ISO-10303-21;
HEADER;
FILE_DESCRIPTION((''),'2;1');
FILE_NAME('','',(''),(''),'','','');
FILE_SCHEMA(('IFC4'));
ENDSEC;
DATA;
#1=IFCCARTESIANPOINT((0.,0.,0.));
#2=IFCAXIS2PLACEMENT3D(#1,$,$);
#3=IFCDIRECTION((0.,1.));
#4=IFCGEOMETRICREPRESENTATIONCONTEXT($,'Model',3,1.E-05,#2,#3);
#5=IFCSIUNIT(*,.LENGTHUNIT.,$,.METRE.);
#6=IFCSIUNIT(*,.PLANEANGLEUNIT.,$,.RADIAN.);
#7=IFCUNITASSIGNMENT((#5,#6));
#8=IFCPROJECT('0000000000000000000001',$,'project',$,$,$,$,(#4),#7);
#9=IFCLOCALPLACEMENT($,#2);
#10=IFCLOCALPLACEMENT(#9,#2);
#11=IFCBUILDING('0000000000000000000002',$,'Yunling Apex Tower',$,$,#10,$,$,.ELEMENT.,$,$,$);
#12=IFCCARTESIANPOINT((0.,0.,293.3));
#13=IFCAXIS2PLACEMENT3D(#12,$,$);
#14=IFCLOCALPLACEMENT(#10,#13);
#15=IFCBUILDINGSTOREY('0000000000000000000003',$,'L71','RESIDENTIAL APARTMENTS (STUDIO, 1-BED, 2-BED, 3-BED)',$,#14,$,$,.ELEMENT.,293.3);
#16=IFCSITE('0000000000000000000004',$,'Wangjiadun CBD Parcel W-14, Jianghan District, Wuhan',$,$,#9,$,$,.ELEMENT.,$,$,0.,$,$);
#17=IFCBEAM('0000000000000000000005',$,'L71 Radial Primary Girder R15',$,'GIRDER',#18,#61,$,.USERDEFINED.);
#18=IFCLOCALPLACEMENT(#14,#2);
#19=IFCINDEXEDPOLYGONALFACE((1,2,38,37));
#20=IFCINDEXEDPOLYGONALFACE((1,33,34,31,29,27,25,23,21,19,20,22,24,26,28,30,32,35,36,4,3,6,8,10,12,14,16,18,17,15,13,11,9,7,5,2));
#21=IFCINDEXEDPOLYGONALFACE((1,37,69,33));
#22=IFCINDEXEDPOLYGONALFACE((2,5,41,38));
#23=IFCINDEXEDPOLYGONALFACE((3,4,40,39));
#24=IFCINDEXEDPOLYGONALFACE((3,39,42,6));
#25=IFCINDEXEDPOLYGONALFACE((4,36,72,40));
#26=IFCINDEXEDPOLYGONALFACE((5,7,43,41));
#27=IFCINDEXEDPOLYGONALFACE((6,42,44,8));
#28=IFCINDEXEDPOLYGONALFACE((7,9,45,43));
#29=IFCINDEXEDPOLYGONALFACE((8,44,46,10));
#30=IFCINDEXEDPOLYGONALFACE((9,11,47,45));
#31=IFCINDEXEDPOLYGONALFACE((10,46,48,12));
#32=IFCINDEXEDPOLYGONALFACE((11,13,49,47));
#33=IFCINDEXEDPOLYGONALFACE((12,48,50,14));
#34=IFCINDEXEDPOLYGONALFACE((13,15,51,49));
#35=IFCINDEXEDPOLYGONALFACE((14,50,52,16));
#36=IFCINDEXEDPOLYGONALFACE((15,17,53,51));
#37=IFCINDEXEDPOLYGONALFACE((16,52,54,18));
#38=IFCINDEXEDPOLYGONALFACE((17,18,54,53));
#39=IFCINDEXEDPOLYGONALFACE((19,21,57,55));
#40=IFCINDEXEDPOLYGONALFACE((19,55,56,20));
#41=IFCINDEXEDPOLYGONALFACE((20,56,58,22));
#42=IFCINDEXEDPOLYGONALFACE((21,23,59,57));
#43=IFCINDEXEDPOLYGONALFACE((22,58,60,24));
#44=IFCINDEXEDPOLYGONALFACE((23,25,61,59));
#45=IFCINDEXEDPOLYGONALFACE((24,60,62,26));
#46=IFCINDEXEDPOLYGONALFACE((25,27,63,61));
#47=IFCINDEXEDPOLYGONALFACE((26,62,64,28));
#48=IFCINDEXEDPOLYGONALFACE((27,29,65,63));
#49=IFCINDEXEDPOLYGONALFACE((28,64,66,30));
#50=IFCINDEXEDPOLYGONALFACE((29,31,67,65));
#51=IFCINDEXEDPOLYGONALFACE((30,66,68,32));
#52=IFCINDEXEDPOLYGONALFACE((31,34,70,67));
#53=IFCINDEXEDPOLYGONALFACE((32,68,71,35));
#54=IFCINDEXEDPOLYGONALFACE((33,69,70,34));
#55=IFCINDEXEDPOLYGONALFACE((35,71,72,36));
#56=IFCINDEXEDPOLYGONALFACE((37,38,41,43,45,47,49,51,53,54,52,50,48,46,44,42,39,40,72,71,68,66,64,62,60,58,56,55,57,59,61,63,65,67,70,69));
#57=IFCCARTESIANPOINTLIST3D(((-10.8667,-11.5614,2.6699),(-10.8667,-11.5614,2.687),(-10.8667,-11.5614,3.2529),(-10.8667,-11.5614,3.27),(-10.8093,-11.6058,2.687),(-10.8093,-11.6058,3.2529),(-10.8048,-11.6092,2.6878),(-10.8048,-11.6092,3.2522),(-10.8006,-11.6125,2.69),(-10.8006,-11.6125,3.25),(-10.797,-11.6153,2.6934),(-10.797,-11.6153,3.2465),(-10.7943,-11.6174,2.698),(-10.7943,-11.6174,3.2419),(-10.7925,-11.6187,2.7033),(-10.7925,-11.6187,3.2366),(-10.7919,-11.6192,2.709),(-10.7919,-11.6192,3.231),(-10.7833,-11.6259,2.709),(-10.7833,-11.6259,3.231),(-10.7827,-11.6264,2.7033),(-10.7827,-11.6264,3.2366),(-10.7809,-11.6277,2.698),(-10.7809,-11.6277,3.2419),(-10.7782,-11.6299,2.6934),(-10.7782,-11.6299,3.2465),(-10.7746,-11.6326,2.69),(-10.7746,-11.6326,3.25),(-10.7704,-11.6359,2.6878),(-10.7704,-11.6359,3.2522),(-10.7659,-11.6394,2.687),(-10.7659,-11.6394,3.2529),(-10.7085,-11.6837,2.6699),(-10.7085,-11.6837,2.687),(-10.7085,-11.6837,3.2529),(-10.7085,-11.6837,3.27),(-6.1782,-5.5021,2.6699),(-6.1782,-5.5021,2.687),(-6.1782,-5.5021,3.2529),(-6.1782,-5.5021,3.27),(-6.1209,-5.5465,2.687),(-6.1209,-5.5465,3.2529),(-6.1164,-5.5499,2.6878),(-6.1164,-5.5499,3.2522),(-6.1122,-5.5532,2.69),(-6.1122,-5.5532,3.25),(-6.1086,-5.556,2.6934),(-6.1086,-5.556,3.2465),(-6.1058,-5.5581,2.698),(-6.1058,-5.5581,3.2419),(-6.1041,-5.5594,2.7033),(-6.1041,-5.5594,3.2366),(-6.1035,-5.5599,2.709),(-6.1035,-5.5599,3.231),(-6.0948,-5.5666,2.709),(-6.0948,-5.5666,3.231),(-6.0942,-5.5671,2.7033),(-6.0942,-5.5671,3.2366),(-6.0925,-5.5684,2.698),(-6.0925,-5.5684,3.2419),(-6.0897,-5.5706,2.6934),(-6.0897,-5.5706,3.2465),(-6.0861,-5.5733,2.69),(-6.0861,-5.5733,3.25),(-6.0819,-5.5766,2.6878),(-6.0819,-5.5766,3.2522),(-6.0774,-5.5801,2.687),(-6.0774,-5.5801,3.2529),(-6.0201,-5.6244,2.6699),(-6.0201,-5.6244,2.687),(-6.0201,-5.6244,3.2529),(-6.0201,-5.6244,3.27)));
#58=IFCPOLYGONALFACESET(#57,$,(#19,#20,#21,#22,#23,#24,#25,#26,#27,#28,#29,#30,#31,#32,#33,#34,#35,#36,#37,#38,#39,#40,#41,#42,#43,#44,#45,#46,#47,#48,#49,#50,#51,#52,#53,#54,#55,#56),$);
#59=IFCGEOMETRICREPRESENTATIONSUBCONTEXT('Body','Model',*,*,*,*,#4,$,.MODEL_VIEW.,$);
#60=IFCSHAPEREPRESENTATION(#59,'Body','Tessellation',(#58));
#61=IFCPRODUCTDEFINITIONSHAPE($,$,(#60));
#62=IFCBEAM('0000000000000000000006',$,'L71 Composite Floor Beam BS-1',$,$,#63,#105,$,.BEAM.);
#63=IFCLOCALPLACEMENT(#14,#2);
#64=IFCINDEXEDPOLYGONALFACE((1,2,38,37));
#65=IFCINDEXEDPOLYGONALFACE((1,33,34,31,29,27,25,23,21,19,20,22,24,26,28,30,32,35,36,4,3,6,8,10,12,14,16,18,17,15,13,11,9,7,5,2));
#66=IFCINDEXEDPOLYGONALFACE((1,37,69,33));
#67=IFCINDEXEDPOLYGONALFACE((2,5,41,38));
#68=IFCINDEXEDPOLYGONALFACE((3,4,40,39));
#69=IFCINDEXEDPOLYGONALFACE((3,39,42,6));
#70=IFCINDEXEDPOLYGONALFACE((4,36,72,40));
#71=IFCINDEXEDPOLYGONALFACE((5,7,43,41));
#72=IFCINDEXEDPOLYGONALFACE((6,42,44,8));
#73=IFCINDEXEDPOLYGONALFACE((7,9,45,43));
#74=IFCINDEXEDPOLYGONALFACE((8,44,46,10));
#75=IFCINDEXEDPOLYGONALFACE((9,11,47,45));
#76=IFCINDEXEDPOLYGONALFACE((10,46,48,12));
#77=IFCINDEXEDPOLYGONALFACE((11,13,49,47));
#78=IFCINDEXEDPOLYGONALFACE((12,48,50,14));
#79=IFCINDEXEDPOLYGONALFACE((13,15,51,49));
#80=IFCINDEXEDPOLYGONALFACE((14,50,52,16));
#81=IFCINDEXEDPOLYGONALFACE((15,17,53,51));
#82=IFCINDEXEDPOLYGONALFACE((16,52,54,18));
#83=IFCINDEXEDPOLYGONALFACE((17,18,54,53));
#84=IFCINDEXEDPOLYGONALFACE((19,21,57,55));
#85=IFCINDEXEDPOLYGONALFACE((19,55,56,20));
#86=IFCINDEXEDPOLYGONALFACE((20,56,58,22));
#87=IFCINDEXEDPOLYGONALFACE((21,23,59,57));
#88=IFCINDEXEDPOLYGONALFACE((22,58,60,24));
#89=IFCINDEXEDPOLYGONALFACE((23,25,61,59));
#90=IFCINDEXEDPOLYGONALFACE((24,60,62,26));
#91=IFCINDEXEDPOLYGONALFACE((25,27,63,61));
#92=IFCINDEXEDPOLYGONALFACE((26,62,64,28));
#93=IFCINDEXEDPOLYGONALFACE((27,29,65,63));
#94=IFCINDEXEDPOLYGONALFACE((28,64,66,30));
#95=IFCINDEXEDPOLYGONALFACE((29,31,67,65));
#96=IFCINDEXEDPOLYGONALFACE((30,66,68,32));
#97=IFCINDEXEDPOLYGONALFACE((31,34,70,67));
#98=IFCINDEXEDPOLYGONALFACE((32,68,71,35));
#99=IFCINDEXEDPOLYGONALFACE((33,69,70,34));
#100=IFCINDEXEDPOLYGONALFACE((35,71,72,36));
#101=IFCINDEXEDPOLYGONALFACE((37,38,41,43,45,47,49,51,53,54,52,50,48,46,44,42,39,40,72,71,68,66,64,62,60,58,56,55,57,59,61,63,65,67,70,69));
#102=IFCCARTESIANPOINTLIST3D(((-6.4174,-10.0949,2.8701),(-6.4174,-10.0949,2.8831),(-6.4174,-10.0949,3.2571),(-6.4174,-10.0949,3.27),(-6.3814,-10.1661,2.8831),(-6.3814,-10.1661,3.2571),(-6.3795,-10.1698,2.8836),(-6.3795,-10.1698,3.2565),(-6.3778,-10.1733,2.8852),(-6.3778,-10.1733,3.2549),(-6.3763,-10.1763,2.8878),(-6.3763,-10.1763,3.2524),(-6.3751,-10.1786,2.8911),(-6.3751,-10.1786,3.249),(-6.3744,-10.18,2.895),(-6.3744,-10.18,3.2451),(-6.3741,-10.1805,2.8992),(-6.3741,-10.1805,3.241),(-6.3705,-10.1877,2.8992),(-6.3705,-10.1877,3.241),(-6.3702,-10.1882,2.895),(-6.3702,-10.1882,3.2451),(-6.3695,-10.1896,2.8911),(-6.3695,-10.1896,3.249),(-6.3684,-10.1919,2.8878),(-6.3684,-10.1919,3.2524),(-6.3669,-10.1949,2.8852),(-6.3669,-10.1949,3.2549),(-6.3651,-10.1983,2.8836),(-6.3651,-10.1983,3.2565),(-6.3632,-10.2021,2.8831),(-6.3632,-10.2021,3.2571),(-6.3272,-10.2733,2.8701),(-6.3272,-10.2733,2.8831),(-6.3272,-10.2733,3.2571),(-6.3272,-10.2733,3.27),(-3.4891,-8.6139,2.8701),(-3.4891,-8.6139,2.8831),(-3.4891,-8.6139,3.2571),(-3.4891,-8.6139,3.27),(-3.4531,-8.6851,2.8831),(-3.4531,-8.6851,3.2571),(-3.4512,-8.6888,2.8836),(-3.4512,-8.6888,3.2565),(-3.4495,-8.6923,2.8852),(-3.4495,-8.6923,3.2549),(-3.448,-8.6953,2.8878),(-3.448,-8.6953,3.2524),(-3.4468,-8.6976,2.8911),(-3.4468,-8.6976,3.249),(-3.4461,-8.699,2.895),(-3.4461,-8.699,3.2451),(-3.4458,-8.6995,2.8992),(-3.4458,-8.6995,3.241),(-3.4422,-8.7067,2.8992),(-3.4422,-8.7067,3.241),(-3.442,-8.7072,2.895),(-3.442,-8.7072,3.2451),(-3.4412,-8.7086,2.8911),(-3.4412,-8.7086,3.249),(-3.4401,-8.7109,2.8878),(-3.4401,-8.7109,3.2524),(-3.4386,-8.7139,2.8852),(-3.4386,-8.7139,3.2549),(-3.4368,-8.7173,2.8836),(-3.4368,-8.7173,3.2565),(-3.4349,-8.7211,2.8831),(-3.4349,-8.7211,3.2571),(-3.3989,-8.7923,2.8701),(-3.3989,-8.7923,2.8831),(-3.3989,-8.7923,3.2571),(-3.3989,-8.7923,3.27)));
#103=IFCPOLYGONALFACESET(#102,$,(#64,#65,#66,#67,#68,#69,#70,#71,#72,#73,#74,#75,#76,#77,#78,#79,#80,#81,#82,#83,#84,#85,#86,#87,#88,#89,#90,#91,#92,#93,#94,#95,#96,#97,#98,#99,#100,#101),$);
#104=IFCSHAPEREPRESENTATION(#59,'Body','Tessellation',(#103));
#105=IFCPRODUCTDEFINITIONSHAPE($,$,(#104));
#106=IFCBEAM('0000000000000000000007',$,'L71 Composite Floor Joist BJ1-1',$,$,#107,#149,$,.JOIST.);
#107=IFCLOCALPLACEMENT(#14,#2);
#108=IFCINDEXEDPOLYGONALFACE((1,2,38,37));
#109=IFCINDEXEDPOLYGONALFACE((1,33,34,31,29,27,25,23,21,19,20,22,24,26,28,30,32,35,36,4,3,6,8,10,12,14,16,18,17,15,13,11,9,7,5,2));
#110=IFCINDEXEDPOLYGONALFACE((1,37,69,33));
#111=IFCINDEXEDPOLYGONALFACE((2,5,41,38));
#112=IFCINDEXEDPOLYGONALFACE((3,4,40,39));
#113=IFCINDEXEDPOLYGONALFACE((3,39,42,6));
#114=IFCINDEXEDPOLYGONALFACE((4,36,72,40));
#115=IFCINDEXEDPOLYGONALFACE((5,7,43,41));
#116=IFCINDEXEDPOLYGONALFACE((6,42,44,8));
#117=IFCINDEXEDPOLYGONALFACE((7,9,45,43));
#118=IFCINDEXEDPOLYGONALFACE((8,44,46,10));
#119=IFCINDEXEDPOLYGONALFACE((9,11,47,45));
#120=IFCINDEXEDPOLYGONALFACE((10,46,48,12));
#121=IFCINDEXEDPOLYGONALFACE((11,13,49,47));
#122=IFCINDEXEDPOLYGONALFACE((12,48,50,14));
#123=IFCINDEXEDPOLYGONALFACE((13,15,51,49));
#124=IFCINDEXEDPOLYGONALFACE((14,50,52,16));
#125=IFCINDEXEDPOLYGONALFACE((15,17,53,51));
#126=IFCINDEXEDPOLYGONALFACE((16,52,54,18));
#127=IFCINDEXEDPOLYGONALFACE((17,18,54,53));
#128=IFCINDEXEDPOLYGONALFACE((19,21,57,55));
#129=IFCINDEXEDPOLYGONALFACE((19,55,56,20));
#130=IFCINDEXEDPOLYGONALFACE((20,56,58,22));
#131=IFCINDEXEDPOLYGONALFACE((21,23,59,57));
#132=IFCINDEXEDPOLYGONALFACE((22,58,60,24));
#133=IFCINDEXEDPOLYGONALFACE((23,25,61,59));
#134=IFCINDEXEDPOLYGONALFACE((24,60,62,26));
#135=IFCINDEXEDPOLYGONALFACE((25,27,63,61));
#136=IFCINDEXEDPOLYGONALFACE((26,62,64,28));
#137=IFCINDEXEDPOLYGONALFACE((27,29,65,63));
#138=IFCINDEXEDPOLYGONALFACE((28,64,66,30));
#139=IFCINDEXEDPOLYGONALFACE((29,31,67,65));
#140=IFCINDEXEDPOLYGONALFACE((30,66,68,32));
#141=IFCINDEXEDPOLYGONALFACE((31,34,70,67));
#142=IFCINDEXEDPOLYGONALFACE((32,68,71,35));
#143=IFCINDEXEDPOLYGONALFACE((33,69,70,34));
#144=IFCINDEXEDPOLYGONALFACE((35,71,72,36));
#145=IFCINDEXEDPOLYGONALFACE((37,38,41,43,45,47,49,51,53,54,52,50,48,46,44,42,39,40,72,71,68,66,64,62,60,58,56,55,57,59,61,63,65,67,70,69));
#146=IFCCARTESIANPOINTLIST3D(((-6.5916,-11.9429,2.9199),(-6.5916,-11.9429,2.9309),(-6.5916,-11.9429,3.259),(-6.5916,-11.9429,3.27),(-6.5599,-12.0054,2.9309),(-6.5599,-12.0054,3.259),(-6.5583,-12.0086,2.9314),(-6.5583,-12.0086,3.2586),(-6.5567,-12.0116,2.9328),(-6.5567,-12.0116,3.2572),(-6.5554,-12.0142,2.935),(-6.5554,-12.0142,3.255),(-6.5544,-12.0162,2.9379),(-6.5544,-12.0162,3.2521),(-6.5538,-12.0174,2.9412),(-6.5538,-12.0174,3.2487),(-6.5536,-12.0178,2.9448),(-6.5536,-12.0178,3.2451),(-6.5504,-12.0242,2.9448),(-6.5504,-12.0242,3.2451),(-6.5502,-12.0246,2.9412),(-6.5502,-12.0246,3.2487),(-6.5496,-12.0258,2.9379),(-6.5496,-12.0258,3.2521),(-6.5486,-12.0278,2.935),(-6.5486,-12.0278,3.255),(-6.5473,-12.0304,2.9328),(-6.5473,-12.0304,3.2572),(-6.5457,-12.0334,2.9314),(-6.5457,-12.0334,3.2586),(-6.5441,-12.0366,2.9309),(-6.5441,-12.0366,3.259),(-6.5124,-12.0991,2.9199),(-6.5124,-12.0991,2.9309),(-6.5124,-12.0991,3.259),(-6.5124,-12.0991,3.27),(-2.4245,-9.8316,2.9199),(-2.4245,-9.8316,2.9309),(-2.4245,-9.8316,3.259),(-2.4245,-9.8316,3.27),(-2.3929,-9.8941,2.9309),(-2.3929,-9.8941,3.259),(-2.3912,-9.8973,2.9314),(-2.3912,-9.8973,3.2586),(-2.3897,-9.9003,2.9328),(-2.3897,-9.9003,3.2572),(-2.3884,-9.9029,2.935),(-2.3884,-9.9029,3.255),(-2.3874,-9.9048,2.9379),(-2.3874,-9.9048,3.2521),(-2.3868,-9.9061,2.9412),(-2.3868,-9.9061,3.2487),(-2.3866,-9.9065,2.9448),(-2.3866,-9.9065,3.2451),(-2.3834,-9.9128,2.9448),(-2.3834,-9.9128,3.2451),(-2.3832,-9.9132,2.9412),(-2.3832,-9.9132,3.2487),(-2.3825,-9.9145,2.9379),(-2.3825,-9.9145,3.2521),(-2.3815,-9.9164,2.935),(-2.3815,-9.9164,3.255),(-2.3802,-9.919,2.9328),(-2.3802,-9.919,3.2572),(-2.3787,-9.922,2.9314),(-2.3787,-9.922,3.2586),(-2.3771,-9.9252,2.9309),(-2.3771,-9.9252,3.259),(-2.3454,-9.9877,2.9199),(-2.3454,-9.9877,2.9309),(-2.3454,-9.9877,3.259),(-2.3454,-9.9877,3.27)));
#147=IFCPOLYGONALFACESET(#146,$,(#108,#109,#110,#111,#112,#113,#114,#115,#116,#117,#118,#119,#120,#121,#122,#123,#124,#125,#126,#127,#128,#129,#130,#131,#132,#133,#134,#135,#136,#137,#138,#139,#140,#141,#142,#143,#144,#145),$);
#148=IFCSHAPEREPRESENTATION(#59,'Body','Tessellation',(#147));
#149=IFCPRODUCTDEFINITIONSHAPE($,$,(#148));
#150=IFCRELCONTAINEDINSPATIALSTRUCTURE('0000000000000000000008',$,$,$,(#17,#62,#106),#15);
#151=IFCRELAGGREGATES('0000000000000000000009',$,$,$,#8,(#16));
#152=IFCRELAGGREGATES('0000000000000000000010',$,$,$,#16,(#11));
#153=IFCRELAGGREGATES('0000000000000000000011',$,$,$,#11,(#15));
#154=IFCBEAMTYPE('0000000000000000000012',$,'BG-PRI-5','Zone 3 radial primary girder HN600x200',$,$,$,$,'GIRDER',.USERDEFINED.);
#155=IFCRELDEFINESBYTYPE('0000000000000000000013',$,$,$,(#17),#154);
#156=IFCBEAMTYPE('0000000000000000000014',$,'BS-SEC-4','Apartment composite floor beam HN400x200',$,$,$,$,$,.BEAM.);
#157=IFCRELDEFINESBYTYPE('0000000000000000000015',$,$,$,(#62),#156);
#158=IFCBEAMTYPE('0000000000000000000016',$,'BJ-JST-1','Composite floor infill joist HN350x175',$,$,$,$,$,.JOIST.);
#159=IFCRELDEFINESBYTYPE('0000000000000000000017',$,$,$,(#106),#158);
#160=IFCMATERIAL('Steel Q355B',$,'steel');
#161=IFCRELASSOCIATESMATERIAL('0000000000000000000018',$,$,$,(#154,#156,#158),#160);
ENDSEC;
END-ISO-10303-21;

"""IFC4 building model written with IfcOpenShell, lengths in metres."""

from ifc_helpers import new_model, si_unit, direction, frame, origin, origin_2d, place, context, subcontext, project, spatial, i_section, extrude, source, transform, mapped, material, material_profile, profile_set, type_object, element, save


model = new_model("IFC4")

# Units and contexts
model_context = context("Model", 3, precision=1e-05, world=origin(), true_north=direction((0.0, 1.0)))
body_context = subcontext(model_context, "Body", "Model", "MODEL_VIEW")
ifc_project = project(units=[si_unit("LENGTHUNIT", "METRE"), si_unit("PLANEANGLEUNIT", "RADIAN")], contexts=[model_context])

# Site, building, storey
site_placement = place(None, origin())
site = spatial("IfcSite", under=ifc_project, at=site_placement, Name="Wangjiadun CBD Parcel W-14, Jianghan District, Wuhan", CompositionType="ELEMENT", RefElevation=0.0)
building_placement = place(site_placement, origin())
building = spatial("IfcBuilding", under=site, at=building_placement, Name="Yunling Apex Tower", CompositionType="ELEMENT")
storey_placement = place(building_placement, frame((0.0, 0.0, 293.3)))
storey = spatial("IfcBuildingStorey", under=building, at=storey_placement, Name="L71", Description="RESIDENTIAL APARTMENTS (STUDIO, 1-BED, 2-BED, 3-BED)", CompositionType="ELEMENT", Elevation=293.3)

# Shared definitions
ifc_material_1 = material(Name="Steel Q355B", Category="steel")

# Beams
ifc_material_profile_1 = material_profile(ifc_material_1, i_section(OverallWidth=0.2, OverallDepth=0.6001, WebThickness=0.011, FlangeThickness=0.0171, FilletRadius=0.022, at=origin_2d()))
ifc_profile_set_1 = profile_set([ifc_material_profile_1], Name="Steel Q355B")
beam_type_1 = type_object("IfcBeamType", Name="BG-PRI-5", Description="Zone 3 radial primary girder HN600x200", ElementType="GIRDER", PredefinedType="USERDEFINED", material=ifc_profile_set_1)
shared_shape_1 = source(origin(), body_context, "Body", "SweptSolid", [
    extrude(i_section(OverallWidth=0.2, OverallDepth=0.6001, WebThickness=0.011, FlangeThickness=0.0171, FilletRadius=0.022, at=origin_2d()), origin(), (0.0, 0.0, 1.0), 7.6614),
])
beam_1_placement = place(storey_placement, frame((-10.7876, -11.6226, 2.97), z_axis=(0.61196, 0.790889, 0.0), x_axis=(-0.790889, 0.61196, 0.0)))
element("IfcBeam", 1, at=beam_1_placement, inside=storey, type_object=beam_type_1, Name="L71 Radial Primary Girder R15", ObjectType="GIRDER", PredefinedType="USERDEFINED", context=body_context, shape_type="MappedRepresentation", body=[
    mapped(shared_shape_1, transform((0.0, 0.0, 0.0), scale=1.0)),
])
ifc_material_profile_2 = material_profile(ifc_material_1, i_section(OverallWidth=0.2, OverallDepth=0.3999, WebThickness=0.0081, FlangeThickness=0.0129, FilletRadius=0.0161, at=origin_2d()))
ifc_profile_set_2 = profile_set([ifc_material_profile_2], Name="Steel Q355B")
beam_type_2 = type_object("IfcBeamType", Name="BS-SEC-4", Description="Apartment composite floor beam HN400x200", PredefinedType="BEAM", material=ifc_profile_set_2)
shared_shape_2 = source(origin(), body_context, "Body", "SweptSolid", [
    extrude(i_section(OverallWidth=0.2, OverallDepth=0.3999, WebThickness=0.0081, FlangeThickness=0.0129, FilletRadius=0.0161, at=origin_2d()), origin(), (0.0, 0.0, 1.0), 3.2815),
])
beam_2_placement = place(storey_placement, frame((-6.3723, -10.1841, 3.0701), z_axis=(0.892364, 0.451316, 0.0), x_axis=(-0.451316, 0.892364, 0.0)))
element("IfcBeam", 2, at=beam_2_placement, inside=storey, type_object=beam_type_2, Name="L71 Composite Floor Beam BS-1", PredefinedType="BEAM", context=body_context, shape_type="MappedRepresentation", body=[
    mapped(shared_shape_2, transform((0.0, 0.0, 0.0), scale=1.0)),
])
ifc_material_profile_3 = material_profile(ifc_material_1, i_section(OverallWidth=0.175, OverallDepth=0.3501, WebThickness=0.0071, FlangeThickness=0.011, FilletRadius=0.0139, at=origin_2d()))
ifc_profile_set_3 = profile_set([ifc_material_profile_3], Name="Steel Q355B")
beam_type_3 = type_object("IfcBeamType", Name="BJ-JST-1", Description="Composite floor infill joist HN350x175", PredefinedType="JOIST", material=ifc_profile_set_3)
shared_shape_3 = source(origin(), body_context, "Body", "SweptSolid", [
    extrude(i_section(OverallWidth=0.175, OverallDepth=0.3501, WebThickness=0.0071, FlangeThickness=0.011, FilletRadius=0.0139, at=origin_2d()), origin(), (0.0, 0.0, 1.0), 4.6714),
])
beam_3_placement = place(storey_placement, frame((-6.552, -12.021, 3.095), z_axis=(0.892031, 0.451974, 0.0), x_axis=(-0.451974, 0.892031, 0.0)))
element("IfcBeam", 3, at=beam_3_placement, inside=storey, type_object=beam_type_3, Name="L71 Composite Floor Joist BJ1-1", PredefinedType="JOIST", context=body_context, shape_type="MappedRepresentation", body=[
    mapped(shared_shape_3, transform((0.0, 0.0, 0.0), scale=1.0)),
])

save(model, "model.ifc")
